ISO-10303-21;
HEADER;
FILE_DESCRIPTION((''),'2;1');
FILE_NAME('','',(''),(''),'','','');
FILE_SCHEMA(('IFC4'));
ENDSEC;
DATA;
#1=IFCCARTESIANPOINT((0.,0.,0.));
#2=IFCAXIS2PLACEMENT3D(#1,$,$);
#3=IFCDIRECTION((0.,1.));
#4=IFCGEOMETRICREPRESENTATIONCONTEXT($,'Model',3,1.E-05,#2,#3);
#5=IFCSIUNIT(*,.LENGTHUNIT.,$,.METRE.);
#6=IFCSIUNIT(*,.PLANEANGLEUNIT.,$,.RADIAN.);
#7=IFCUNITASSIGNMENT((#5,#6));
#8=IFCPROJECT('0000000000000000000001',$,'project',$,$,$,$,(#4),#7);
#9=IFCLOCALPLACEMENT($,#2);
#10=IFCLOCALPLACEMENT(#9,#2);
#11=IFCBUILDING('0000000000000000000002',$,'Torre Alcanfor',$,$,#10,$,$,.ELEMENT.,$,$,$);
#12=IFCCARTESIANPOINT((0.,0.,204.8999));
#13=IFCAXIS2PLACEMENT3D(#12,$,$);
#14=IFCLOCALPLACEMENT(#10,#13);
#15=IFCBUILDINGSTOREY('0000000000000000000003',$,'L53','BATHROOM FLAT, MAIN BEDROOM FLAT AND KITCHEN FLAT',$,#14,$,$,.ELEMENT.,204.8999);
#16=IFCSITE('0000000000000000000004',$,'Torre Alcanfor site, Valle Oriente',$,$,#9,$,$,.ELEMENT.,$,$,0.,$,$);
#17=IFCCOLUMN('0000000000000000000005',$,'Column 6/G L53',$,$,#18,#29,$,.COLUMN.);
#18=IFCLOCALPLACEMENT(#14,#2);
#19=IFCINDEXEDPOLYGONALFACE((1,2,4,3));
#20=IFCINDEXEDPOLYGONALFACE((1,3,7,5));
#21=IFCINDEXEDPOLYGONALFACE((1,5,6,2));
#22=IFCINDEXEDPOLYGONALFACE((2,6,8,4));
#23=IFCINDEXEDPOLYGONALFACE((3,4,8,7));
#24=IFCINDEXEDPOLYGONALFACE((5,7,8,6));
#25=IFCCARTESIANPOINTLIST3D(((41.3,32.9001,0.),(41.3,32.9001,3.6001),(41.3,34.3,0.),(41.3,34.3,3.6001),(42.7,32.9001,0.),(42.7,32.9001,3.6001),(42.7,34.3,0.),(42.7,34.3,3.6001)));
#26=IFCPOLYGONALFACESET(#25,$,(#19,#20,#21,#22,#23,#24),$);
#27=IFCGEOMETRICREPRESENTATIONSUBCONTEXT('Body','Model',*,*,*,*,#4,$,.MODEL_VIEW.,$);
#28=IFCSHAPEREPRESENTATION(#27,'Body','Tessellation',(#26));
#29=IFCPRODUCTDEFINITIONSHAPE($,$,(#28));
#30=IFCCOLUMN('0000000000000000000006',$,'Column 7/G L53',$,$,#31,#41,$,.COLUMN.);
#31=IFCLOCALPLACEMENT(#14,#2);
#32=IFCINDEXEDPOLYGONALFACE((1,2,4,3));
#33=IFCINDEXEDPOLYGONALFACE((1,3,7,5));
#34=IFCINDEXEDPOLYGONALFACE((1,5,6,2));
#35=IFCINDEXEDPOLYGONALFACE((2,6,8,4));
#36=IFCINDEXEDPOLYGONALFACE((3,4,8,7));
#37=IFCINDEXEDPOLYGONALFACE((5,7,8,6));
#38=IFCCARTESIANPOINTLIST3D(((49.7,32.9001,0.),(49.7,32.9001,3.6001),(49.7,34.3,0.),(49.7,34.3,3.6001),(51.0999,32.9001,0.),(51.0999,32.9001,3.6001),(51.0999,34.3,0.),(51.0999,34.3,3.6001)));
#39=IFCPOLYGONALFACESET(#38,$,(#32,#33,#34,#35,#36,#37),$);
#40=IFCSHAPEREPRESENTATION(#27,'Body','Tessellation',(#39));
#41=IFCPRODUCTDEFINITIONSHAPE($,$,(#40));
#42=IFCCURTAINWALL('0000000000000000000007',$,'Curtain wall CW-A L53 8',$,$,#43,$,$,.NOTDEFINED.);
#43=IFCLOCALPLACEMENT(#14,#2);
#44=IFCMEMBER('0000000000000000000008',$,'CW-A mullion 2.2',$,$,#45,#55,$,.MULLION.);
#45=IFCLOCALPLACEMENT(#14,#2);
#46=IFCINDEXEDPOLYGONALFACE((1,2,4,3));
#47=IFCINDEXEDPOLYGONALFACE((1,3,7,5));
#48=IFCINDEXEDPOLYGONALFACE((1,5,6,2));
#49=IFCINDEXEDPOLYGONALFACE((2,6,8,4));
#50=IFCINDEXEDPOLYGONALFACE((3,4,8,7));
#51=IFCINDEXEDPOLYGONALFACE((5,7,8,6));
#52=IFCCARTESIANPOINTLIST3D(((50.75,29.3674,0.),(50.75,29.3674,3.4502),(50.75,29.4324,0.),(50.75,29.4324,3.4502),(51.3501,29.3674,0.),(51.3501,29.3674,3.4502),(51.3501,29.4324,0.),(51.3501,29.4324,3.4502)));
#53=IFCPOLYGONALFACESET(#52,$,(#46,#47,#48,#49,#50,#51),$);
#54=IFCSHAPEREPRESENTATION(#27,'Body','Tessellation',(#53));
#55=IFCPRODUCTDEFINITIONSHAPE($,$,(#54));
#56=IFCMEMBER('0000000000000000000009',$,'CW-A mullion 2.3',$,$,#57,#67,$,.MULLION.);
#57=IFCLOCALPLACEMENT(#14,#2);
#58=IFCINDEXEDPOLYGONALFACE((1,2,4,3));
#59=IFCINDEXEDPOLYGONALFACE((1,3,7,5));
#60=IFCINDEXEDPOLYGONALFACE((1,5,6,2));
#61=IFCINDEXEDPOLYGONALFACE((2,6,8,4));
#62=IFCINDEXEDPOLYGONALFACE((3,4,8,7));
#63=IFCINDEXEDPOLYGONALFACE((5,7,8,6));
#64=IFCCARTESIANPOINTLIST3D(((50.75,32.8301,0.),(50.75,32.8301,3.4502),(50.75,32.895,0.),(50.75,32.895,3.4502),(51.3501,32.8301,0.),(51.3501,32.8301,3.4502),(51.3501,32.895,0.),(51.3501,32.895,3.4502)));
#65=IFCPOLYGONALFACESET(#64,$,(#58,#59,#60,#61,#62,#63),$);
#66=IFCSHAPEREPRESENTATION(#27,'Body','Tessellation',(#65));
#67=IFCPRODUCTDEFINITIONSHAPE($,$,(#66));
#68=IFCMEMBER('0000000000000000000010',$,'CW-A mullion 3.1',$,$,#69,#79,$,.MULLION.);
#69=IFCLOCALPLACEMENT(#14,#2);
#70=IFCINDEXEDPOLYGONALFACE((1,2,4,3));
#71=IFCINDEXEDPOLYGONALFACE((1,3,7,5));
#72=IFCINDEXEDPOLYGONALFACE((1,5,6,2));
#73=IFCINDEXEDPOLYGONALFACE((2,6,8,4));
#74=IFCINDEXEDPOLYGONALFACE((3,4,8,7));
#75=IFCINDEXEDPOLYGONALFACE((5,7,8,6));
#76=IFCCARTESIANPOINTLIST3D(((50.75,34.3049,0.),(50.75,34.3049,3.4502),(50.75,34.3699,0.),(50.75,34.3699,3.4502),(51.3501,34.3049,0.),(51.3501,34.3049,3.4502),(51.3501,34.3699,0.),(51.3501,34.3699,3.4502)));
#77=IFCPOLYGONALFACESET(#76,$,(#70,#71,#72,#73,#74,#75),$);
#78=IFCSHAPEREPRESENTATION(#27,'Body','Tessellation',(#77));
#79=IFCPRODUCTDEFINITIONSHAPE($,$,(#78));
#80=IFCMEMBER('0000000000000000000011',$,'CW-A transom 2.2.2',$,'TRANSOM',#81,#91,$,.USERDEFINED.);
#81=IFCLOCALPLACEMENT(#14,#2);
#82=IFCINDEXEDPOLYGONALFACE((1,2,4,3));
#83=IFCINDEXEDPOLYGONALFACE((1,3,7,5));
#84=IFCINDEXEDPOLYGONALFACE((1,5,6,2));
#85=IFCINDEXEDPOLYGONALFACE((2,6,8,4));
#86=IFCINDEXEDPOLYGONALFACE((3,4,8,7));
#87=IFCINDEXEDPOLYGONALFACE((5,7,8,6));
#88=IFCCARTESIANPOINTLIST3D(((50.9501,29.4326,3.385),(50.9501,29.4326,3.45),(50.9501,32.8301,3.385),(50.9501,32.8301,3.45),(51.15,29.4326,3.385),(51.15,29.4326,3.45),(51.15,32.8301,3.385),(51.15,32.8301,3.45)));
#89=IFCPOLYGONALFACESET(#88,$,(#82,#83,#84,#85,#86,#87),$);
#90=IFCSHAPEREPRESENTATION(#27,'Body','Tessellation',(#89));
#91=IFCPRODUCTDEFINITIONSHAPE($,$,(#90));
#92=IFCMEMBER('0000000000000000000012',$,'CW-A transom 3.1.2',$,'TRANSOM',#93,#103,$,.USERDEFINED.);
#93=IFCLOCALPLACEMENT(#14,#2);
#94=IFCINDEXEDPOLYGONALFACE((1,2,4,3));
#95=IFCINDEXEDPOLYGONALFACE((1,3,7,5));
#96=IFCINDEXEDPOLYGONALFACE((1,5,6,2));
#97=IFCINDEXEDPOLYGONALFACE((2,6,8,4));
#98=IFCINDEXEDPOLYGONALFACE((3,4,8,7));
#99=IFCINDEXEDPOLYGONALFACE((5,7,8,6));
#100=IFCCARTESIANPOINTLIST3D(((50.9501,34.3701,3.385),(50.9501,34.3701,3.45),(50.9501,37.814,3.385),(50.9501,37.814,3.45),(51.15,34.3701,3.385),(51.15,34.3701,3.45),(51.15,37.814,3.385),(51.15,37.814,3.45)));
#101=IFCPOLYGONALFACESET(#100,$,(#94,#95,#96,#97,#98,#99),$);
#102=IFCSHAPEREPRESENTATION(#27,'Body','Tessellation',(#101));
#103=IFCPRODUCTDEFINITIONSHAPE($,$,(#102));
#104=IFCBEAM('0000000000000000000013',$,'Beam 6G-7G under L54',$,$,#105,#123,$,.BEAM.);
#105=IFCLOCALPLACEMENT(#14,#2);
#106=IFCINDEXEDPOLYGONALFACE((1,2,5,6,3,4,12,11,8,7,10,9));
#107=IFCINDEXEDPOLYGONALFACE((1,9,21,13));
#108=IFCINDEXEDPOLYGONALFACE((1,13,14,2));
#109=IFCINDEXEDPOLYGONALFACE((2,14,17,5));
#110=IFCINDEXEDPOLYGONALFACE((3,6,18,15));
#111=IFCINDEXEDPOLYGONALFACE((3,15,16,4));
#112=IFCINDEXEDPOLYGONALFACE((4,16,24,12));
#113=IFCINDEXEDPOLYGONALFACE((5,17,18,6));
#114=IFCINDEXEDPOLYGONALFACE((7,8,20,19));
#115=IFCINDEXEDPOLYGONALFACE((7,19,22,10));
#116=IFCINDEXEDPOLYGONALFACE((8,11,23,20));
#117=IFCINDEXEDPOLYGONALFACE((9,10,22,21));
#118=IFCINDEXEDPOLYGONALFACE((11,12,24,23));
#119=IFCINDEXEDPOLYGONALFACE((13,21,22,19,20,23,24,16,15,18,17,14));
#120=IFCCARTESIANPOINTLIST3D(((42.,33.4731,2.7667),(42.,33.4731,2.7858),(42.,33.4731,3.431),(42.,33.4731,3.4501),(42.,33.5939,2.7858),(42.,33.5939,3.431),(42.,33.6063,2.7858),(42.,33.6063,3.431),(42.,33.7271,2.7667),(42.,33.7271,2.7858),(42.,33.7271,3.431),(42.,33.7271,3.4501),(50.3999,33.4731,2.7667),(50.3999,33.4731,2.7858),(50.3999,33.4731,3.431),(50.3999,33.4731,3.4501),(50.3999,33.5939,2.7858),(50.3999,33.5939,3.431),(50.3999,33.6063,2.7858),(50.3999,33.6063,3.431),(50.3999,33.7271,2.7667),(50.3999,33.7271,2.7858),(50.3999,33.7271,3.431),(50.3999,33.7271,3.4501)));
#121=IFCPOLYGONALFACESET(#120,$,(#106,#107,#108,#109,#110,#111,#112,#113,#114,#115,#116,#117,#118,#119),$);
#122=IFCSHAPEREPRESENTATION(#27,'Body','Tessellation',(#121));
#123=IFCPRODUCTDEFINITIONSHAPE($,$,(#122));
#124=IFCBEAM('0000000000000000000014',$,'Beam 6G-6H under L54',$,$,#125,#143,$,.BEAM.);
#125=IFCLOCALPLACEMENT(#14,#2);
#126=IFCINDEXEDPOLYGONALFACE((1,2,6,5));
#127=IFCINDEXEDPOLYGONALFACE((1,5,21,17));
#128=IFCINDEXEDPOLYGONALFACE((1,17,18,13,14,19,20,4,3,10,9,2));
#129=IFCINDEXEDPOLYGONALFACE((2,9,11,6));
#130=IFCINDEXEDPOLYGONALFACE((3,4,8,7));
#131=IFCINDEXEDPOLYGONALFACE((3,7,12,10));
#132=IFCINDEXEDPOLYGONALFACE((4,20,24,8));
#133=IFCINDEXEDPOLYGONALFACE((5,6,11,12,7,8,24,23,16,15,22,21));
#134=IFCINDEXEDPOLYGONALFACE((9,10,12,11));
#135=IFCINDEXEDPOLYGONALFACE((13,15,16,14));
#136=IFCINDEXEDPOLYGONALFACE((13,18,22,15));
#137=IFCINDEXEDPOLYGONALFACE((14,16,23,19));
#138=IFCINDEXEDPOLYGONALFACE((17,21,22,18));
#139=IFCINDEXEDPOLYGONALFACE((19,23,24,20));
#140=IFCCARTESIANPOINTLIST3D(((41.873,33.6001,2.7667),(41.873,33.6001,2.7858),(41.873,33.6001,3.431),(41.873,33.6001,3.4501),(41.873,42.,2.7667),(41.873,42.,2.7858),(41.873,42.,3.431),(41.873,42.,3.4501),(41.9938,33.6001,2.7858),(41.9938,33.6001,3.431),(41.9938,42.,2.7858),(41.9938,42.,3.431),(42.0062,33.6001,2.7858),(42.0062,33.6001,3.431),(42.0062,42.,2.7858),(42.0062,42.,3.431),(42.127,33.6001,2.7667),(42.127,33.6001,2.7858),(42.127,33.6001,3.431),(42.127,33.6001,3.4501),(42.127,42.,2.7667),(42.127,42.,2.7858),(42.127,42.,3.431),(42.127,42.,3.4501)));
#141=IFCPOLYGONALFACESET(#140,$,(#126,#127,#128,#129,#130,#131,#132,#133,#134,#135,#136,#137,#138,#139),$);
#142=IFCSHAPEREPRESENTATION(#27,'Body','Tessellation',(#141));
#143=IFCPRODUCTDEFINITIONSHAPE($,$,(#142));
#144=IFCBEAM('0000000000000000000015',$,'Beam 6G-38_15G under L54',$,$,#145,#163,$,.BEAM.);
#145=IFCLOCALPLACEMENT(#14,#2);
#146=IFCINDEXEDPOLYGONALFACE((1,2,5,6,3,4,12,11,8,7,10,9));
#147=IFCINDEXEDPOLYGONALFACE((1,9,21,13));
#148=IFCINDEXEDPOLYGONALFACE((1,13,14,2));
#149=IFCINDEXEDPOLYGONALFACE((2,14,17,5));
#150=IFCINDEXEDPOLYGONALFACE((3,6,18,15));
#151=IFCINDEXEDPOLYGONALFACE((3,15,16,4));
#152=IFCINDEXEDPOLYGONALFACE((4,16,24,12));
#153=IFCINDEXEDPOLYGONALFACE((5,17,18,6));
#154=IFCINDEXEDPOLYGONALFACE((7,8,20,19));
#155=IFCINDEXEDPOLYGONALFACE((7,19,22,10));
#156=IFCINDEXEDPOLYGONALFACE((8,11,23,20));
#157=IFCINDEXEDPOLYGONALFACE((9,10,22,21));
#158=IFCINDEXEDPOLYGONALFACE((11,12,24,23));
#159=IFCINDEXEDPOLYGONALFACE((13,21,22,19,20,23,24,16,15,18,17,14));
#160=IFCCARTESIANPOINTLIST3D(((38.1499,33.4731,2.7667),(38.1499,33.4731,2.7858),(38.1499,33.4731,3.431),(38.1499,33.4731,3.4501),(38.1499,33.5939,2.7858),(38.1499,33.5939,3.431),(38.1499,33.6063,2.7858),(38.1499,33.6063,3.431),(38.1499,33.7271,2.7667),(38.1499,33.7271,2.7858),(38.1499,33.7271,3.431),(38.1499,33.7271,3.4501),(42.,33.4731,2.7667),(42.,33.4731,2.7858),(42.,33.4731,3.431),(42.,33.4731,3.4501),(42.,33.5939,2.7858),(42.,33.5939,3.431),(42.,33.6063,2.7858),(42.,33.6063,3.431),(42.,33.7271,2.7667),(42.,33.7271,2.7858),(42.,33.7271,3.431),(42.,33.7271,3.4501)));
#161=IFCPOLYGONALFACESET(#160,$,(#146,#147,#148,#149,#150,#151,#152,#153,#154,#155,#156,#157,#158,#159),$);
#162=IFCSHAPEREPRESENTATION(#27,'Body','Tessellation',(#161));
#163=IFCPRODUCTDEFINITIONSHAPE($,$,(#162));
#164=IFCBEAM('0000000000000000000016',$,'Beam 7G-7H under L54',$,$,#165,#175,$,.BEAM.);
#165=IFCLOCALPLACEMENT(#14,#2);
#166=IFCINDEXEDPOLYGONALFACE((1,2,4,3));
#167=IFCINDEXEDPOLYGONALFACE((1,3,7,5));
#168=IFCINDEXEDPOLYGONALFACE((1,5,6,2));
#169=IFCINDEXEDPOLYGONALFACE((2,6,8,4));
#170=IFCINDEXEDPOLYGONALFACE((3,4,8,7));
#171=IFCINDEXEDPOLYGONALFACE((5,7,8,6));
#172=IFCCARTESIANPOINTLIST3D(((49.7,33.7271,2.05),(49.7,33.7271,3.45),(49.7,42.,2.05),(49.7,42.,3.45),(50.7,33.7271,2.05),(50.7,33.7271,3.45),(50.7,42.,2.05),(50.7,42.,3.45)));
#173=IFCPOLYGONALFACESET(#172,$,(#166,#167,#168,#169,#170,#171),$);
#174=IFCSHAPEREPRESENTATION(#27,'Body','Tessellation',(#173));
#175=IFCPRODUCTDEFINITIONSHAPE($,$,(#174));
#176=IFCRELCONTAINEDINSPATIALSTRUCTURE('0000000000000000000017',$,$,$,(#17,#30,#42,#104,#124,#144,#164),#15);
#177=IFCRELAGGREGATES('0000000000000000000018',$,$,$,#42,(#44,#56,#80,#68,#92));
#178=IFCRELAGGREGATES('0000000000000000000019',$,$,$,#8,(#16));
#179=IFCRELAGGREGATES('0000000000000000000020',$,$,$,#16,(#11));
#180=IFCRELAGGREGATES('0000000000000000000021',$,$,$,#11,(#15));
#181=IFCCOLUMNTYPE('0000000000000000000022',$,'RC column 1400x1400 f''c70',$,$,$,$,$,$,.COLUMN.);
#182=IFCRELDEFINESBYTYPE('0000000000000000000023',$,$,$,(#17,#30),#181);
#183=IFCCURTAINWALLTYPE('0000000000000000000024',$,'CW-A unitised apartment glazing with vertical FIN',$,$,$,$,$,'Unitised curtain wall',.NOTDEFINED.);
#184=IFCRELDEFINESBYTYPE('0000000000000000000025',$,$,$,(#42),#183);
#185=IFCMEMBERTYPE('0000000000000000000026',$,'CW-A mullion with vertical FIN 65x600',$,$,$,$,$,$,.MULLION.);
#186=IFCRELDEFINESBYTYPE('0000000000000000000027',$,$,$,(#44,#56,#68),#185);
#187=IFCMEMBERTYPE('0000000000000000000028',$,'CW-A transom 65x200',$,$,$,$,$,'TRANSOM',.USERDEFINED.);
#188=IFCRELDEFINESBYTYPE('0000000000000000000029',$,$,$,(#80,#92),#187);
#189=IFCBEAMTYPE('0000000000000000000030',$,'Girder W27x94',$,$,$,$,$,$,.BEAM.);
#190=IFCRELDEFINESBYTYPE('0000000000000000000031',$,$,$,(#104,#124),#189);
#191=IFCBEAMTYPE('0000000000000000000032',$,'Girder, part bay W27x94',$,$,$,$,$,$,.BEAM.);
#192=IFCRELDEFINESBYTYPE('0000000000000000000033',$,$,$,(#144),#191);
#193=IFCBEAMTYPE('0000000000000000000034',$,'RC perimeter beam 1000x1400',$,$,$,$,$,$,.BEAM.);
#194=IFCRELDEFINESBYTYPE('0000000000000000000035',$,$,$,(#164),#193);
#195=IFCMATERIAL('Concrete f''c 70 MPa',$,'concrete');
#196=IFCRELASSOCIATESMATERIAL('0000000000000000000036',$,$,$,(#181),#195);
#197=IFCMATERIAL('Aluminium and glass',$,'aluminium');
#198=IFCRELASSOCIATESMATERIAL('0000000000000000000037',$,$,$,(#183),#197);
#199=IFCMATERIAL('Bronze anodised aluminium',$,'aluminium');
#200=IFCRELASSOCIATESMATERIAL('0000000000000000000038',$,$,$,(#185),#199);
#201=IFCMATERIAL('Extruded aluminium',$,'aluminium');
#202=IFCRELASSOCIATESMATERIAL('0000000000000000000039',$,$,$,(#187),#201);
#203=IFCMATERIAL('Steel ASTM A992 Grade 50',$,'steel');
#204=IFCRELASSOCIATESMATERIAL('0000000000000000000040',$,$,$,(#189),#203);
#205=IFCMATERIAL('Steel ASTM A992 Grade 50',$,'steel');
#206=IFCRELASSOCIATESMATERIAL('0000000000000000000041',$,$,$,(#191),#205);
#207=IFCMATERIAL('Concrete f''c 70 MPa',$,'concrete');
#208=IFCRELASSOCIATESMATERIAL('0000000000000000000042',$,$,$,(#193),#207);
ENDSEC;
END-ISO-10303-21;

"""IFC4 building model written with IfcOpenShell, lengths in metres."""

from ifc_helpers import new_model, si_unit, direction, frame, origin, origin_2d, place, context, subcontext, project, spatial, rectangle, i_section, extrude, material, material_profile, profile_set, type_object, element, aggregate, save


model = new_model("IFC4")

# Units and contexts
model_context = context("Model", 3, precision=1e-05, world=origin(), true_north=direction((0.0, 1.0)))
body_context = subcontext(model_context, "Body", "Model", "MODEL_VIEW")
ifc_project = project(units=[si_unit("LENGTHUNIT", "METRE"), si_unit("PLANEANGLEUNIT", "RADIAN")], contexts=[model_context])

# Site, building, storey
site_placement = place(None, origin())
site = spatial("IfcSite", under=ifc_project, at=site_placement, Name="Torre Alcanfor site, Valle Oriente", CompositionType="ELEMENT", RefElevation=0.0)
building_placement = place(site_placement, origin())
building = spatial("IfcBuilding", under=site, at=building_placement, Name="Torre Alcanfor", CompositionType="ELEMENT")
storey_placement = place(building_placement, frame((0.0, 0.0, 204.8999)))
storey = spatial("IfcBuildingStorey", under=building, at=storey_placement, Name="L53", Description="BATHROOM FLAT, MAIN BEDROOM FLAT AND KITCHEN FLAT", CompositionType="ELEMENT", Elevation=204.8999)

# Columns
ifc_material_1 = material(Name="Concrete f'c 70 MPa", Category="concrete")
ifc_material_profile_1 = material_profile(ifc_material_1, rectangle(XDim=1.3999, YDim=1.3999, at=origin_2d()), Name="1400x1400")
ifc_profile_set_1 = profile_set([ifc_material_profile_1], Name="Concrete f'c 70 MPa")
column_type = type_object("IfcColumnType", Name="RC column 1400x1400 f'c70", PredefinedType="COLUMN", material=ifc_profile_set_1)
for number, where, z_axis, x_axis, name in (
    (1, (42.0, 33.6001, 0.0), (0.0, 0.0, 1.0), (1.0, 0.0, 0.0), "Column 6/G L53"),
    (2, (50.3999, 33.6001, 0.0), (0.0, 0.0, 1.0), (1.0, 0.0, 0.0), "Column 7/G L53"),
):
    element("IfcColumn", number, at=place(storey_placement, frame(where, z_axis=z_axis, x_axis=x_axis)), inside=storey, type_object=column_type, Name=name, PredefinedType="COLUMN", context=body_context, shape_type="SweptSolid", body=[
        extrude(rectangle(XDim=1.3999, YDim=1.3999, at=origin_2d()), origin(), (0.0, 0.0, 1.0), 3.6001),
    ])

# Curtain wall, members
ifc_material_2 = material(Name="Aluminium and glass", Category="aluminium")
curtain_wall_type = type_object("IfcCurtainWallType", Name="CW-A unitised apartment glazing with vertical FIN", ElementType="Unitised curtain wall", PredefinedType="NOTDEFINED", material=ifc_material_2)
curtain_wall_placement = place(storey_placement, origin())
curtain_wall = element("IfcCurtainWall", 3, at=curtain_wall_placement, inside=storey, type_object=curtain_wall_type, Name="Curtain wall CW-A L53 8", PredefinedType="NOTDEFINED")
ifc_material_3 = material(Name="Bronze anodised aluminium", Category="aluminium")
ifc_material_profile_2 = material_profile(ifc_material_3, rectangle(XDim=0.6001, YDim=0.0649, at=origin_2d()), Name="CW-A mullion 65x600")
ifc_profile_set_2 = profile_set([ifc_material_profile_2], Name="Bronze anodised aluminium")
member_type_1 = type_object("IfcMemberType", Name="CW-A mullion with vertical FIN 65x600", PredefinedType="MULLION", material=ifc_profile_set_2)
member_1_placement = place(storey_placement, frame((51.05, 29.3999, 0.0), z_axis=(0.0, 0.0, 1.0), x_axis=(-1.0, 0.0, 0.0)))
member_1 = element("IfcMember", 4, at=member_1_placement, type_object=member_type_1, Name="CW-A mullion 2.2", PredefinedType="MULLION", context=body_context, shape_type="SweptSolid", body=[
    extrude(rectangle(XDim=0.6001, YDim=0.0649, at=origin_2d()), origin(), (0.0, 0.0, 1.0), 3.4502),
])
member_2_placement = place(storey_placement, frame((51.05, 32.8625, 0.0), z_axis=(0.0, 0.0, 1.0), x_axis=(-1.0, 0.0, 0.0)))
member_2 = element("IfcMember", 5, at=member_2_placement, type_object=member_type_1, Name="CW-A mullion 2.3", PredefinedType="MULLION", context=body_context, shape_type="SweptSolid", body=[
    extrude(rectangle(XDim=0.6001, YDim=0.0649, at=origin_2d()), origin(), (0.0, 0.0, 1.0), 3.4502),
])
member_3_placement = place(storey_placement, frame((51.05, 34.3374, 0.0), z_axis=(0.0, 0.0, 1.0), x_axis=(-1.0, 0.0, 0.0)))
member_3 = element("IfcMember", 6, at=member_3_placement, type_object=member_type_1, Name="CW-A mullion 3.1", PredefinedType="MULLION", context=body_context, shape_type="SweptSolid", body=[
    extrude(rectangle(XDim=0.6001, YDim=0.0649, at=origin_2d()), origin(), (0.0, 0.0, 1.0), 3.4502),
])
ifc_material_4 = material(Name="Extruded aluminium", Category="aluminium")
ifc_material_profile_3 = material_profile(ifc_material_4, rectangle(XDim=0.2, YDim=0.0649, at=origin_2d()), Name="CW-A transom 200x65")
ifc_profile_set_3 = profile_set([ifc_material_profile_3], Name="Extruded aluminium")
member_type_2 = type_object("IfcMemberType", Name="CW-A transom 65x200", ElementType="TRANSOM", PredefinedType="USERDEFINED", material=ifc_profile_set_3)
member_4_placement = place(storey_placement, frame((51.05, 29.4326, 3.4175), z_axis=(0.0, 1.0, 0.0), x_axis=(-1.0, 0.0, 0.0)))
member_4 = element("IfcMember", 7, at=member_4_placement, type_object=member_type_2, Name="CW-A transom 2.2.2", ObjectType="TRANSOM", PredefinedType="USERDEFINED", context=body_context, shape_type="SweptSolid", body=[
    extrude(rectangle(XDim=0.2, YDim=0.0649, at=origin_2d()), origin(), (0.0, 0.0, 1.0), 3.3975),
])
member_5_placement = place(storey_placement, frame((51.05, 34.3701, 3.4175), z_axis=(0.0, 1.0, 0.0), x_axis=(-1.0, 0.0, 0.0)))
member_5 = element("IfcMember", 8, at=member_5_placement, type_object=member_type_2, Name="CW-A transom 3.1.2", ObjectType="TRANSOM", PredefinedType="USERDEFINED", context=body_context, shape_type="SweptSolid", body=[
    extrude(rectangle(XDim=0.2, YDim=0.0649, at=origin_2d()), origin(), (0.0, 0.0, 1.0), 3.4438),
])

# Beams
ifc_material_5 = material(Name="Steel ASTM A992 Grade 50", Category="steel")
ifc_material_profile_4 = material_profile(ifc_material_5, i_section(OverallWidth=0.2539, OverallDepth=0.6833, WebThickness=0.0125, FlangeThickness=0.019, at=origin_2d()), Name="W27x94")
ifc_profile_set_4 = profile_set([ifc_material_profile_4], Name="Steel ASTM A992 Grade 50")
beam_type_1 = type_object("IfcBeamType", Name="Girder W27x94", PredefinedType="BEAM", material=ifc_profile_set_4)
for number, where, z_axis, x_axis, name in (
    (9, (42.0, 33.6001, 3.1084), (1.0, 0.0, 0.0), (0.0, 1.0, 0.0), "Beam 6G-7G under L54"),
    (10, (42.0, 33.6001, 3.1084), (0.0, 1.0, 0.0), (-1.0, 0.0, 0.0), "Beam 6G-6H under L54"),
):
    element("IfcBeam", number, at=place(storey_placement, frame(where, z_axis=z_axis, x_axis=x_axis)), inside=storey, type_object=beam_type_1, Name=name, PredefinedType="BEAM", context=body_context, shape_type="SweptSolid", body=[
        extrude(i_section(OverallWidth=0.2539, OverallDepth=0.6833, WebThickness=0.0125, FlangeThickness=0.019, at=origin_2d()), origin(), (0.0, 0.0, 1.0), 8.3999),
    ])
ifc_material_6 = material(Name="Steel ASTM A992 Grade 50", Category="steel")
ifc_material_profile_5 = material_profile(ifc_material_6, i_section(OverallWidth=0.2539, OverallDepth=0.6833, WebThickness=0.0125, FlangeThickness=0.019, at=origin_2d()), Name="W27x94")
ifc_profile_set_5 = profile_set([ifc_material_profile_5], Name="Steel ASTM A992 Grade 50")
beam_type_2 = type_object("IfcBeamType", Name="Girder, part bay W27x94", PredefinedType="BEAM", material=ifc_profile_set_5)
beam_1_placement = place(storey_placement, frame((42.0, 33.6001, 3.1084), z_axis=(-1.0, 0.0, 0.0), x_axis=(0.0, -1.0, 0.0)))
element("IfcBeam", 11, at=beam_1_placement, inside=storey, type_object=beam_type_2, Name="Beam 6G-38_15G under L54", PredefinedType="BEAM", context=body_context, shape_type="SweptSolid", body=[
    extrude(i_section(OverallWidth=0.2539, OverallDepth=0.6833, WebThickness=0.0125, FlangeThickness=0.019, at=origin_2d()), origin(), (0.0, 0.0, 1.0), 3.8501),
])
ifc_material_7 = material(Name="Concrete f'c 70 MPa", Category="concrete")
ifc_material_profile_6 = material_profile(ifc_material_7, rectangle(XDim=1.0, YDim=1.3999, at=origin_2d()), Name="1000x1400")
ifc_profile_set_6 = profile_set([ifc_material_profile_6], Name="Concrete f'c 70 MPa")
beam_type_3 = type_object("IfcBeamType", Name="RC perimeter beam 1000x1400", PredefinedType="BEAM", material=ifc_profile_set_6)
beam_2_placement = place(storey_placement, frame((50.2, 33.7271, 2.75), z_axis=(0.0, 1.0, 0.0), x_axis=(-1.0, 0.0, 0.0)))
element("IfcBeam", 12, at=beam_2_placement, inside=storey, type_object=beam_type_3, Name="Beam 7G-7H under L54", PredefinedType="BEAM", context=body_context, shape_type="SweptSolid", body=[
    extrude(rectangle(XDim=1.0, YDim=1.3999, at=origin_2d()), origin(), (0.0, 0.0, 1.0), 8.2729),
])

aggregate(curtain_wall, [member_1, member_2, member_4, member_3, member_5])

save(model, "model.ifc")
